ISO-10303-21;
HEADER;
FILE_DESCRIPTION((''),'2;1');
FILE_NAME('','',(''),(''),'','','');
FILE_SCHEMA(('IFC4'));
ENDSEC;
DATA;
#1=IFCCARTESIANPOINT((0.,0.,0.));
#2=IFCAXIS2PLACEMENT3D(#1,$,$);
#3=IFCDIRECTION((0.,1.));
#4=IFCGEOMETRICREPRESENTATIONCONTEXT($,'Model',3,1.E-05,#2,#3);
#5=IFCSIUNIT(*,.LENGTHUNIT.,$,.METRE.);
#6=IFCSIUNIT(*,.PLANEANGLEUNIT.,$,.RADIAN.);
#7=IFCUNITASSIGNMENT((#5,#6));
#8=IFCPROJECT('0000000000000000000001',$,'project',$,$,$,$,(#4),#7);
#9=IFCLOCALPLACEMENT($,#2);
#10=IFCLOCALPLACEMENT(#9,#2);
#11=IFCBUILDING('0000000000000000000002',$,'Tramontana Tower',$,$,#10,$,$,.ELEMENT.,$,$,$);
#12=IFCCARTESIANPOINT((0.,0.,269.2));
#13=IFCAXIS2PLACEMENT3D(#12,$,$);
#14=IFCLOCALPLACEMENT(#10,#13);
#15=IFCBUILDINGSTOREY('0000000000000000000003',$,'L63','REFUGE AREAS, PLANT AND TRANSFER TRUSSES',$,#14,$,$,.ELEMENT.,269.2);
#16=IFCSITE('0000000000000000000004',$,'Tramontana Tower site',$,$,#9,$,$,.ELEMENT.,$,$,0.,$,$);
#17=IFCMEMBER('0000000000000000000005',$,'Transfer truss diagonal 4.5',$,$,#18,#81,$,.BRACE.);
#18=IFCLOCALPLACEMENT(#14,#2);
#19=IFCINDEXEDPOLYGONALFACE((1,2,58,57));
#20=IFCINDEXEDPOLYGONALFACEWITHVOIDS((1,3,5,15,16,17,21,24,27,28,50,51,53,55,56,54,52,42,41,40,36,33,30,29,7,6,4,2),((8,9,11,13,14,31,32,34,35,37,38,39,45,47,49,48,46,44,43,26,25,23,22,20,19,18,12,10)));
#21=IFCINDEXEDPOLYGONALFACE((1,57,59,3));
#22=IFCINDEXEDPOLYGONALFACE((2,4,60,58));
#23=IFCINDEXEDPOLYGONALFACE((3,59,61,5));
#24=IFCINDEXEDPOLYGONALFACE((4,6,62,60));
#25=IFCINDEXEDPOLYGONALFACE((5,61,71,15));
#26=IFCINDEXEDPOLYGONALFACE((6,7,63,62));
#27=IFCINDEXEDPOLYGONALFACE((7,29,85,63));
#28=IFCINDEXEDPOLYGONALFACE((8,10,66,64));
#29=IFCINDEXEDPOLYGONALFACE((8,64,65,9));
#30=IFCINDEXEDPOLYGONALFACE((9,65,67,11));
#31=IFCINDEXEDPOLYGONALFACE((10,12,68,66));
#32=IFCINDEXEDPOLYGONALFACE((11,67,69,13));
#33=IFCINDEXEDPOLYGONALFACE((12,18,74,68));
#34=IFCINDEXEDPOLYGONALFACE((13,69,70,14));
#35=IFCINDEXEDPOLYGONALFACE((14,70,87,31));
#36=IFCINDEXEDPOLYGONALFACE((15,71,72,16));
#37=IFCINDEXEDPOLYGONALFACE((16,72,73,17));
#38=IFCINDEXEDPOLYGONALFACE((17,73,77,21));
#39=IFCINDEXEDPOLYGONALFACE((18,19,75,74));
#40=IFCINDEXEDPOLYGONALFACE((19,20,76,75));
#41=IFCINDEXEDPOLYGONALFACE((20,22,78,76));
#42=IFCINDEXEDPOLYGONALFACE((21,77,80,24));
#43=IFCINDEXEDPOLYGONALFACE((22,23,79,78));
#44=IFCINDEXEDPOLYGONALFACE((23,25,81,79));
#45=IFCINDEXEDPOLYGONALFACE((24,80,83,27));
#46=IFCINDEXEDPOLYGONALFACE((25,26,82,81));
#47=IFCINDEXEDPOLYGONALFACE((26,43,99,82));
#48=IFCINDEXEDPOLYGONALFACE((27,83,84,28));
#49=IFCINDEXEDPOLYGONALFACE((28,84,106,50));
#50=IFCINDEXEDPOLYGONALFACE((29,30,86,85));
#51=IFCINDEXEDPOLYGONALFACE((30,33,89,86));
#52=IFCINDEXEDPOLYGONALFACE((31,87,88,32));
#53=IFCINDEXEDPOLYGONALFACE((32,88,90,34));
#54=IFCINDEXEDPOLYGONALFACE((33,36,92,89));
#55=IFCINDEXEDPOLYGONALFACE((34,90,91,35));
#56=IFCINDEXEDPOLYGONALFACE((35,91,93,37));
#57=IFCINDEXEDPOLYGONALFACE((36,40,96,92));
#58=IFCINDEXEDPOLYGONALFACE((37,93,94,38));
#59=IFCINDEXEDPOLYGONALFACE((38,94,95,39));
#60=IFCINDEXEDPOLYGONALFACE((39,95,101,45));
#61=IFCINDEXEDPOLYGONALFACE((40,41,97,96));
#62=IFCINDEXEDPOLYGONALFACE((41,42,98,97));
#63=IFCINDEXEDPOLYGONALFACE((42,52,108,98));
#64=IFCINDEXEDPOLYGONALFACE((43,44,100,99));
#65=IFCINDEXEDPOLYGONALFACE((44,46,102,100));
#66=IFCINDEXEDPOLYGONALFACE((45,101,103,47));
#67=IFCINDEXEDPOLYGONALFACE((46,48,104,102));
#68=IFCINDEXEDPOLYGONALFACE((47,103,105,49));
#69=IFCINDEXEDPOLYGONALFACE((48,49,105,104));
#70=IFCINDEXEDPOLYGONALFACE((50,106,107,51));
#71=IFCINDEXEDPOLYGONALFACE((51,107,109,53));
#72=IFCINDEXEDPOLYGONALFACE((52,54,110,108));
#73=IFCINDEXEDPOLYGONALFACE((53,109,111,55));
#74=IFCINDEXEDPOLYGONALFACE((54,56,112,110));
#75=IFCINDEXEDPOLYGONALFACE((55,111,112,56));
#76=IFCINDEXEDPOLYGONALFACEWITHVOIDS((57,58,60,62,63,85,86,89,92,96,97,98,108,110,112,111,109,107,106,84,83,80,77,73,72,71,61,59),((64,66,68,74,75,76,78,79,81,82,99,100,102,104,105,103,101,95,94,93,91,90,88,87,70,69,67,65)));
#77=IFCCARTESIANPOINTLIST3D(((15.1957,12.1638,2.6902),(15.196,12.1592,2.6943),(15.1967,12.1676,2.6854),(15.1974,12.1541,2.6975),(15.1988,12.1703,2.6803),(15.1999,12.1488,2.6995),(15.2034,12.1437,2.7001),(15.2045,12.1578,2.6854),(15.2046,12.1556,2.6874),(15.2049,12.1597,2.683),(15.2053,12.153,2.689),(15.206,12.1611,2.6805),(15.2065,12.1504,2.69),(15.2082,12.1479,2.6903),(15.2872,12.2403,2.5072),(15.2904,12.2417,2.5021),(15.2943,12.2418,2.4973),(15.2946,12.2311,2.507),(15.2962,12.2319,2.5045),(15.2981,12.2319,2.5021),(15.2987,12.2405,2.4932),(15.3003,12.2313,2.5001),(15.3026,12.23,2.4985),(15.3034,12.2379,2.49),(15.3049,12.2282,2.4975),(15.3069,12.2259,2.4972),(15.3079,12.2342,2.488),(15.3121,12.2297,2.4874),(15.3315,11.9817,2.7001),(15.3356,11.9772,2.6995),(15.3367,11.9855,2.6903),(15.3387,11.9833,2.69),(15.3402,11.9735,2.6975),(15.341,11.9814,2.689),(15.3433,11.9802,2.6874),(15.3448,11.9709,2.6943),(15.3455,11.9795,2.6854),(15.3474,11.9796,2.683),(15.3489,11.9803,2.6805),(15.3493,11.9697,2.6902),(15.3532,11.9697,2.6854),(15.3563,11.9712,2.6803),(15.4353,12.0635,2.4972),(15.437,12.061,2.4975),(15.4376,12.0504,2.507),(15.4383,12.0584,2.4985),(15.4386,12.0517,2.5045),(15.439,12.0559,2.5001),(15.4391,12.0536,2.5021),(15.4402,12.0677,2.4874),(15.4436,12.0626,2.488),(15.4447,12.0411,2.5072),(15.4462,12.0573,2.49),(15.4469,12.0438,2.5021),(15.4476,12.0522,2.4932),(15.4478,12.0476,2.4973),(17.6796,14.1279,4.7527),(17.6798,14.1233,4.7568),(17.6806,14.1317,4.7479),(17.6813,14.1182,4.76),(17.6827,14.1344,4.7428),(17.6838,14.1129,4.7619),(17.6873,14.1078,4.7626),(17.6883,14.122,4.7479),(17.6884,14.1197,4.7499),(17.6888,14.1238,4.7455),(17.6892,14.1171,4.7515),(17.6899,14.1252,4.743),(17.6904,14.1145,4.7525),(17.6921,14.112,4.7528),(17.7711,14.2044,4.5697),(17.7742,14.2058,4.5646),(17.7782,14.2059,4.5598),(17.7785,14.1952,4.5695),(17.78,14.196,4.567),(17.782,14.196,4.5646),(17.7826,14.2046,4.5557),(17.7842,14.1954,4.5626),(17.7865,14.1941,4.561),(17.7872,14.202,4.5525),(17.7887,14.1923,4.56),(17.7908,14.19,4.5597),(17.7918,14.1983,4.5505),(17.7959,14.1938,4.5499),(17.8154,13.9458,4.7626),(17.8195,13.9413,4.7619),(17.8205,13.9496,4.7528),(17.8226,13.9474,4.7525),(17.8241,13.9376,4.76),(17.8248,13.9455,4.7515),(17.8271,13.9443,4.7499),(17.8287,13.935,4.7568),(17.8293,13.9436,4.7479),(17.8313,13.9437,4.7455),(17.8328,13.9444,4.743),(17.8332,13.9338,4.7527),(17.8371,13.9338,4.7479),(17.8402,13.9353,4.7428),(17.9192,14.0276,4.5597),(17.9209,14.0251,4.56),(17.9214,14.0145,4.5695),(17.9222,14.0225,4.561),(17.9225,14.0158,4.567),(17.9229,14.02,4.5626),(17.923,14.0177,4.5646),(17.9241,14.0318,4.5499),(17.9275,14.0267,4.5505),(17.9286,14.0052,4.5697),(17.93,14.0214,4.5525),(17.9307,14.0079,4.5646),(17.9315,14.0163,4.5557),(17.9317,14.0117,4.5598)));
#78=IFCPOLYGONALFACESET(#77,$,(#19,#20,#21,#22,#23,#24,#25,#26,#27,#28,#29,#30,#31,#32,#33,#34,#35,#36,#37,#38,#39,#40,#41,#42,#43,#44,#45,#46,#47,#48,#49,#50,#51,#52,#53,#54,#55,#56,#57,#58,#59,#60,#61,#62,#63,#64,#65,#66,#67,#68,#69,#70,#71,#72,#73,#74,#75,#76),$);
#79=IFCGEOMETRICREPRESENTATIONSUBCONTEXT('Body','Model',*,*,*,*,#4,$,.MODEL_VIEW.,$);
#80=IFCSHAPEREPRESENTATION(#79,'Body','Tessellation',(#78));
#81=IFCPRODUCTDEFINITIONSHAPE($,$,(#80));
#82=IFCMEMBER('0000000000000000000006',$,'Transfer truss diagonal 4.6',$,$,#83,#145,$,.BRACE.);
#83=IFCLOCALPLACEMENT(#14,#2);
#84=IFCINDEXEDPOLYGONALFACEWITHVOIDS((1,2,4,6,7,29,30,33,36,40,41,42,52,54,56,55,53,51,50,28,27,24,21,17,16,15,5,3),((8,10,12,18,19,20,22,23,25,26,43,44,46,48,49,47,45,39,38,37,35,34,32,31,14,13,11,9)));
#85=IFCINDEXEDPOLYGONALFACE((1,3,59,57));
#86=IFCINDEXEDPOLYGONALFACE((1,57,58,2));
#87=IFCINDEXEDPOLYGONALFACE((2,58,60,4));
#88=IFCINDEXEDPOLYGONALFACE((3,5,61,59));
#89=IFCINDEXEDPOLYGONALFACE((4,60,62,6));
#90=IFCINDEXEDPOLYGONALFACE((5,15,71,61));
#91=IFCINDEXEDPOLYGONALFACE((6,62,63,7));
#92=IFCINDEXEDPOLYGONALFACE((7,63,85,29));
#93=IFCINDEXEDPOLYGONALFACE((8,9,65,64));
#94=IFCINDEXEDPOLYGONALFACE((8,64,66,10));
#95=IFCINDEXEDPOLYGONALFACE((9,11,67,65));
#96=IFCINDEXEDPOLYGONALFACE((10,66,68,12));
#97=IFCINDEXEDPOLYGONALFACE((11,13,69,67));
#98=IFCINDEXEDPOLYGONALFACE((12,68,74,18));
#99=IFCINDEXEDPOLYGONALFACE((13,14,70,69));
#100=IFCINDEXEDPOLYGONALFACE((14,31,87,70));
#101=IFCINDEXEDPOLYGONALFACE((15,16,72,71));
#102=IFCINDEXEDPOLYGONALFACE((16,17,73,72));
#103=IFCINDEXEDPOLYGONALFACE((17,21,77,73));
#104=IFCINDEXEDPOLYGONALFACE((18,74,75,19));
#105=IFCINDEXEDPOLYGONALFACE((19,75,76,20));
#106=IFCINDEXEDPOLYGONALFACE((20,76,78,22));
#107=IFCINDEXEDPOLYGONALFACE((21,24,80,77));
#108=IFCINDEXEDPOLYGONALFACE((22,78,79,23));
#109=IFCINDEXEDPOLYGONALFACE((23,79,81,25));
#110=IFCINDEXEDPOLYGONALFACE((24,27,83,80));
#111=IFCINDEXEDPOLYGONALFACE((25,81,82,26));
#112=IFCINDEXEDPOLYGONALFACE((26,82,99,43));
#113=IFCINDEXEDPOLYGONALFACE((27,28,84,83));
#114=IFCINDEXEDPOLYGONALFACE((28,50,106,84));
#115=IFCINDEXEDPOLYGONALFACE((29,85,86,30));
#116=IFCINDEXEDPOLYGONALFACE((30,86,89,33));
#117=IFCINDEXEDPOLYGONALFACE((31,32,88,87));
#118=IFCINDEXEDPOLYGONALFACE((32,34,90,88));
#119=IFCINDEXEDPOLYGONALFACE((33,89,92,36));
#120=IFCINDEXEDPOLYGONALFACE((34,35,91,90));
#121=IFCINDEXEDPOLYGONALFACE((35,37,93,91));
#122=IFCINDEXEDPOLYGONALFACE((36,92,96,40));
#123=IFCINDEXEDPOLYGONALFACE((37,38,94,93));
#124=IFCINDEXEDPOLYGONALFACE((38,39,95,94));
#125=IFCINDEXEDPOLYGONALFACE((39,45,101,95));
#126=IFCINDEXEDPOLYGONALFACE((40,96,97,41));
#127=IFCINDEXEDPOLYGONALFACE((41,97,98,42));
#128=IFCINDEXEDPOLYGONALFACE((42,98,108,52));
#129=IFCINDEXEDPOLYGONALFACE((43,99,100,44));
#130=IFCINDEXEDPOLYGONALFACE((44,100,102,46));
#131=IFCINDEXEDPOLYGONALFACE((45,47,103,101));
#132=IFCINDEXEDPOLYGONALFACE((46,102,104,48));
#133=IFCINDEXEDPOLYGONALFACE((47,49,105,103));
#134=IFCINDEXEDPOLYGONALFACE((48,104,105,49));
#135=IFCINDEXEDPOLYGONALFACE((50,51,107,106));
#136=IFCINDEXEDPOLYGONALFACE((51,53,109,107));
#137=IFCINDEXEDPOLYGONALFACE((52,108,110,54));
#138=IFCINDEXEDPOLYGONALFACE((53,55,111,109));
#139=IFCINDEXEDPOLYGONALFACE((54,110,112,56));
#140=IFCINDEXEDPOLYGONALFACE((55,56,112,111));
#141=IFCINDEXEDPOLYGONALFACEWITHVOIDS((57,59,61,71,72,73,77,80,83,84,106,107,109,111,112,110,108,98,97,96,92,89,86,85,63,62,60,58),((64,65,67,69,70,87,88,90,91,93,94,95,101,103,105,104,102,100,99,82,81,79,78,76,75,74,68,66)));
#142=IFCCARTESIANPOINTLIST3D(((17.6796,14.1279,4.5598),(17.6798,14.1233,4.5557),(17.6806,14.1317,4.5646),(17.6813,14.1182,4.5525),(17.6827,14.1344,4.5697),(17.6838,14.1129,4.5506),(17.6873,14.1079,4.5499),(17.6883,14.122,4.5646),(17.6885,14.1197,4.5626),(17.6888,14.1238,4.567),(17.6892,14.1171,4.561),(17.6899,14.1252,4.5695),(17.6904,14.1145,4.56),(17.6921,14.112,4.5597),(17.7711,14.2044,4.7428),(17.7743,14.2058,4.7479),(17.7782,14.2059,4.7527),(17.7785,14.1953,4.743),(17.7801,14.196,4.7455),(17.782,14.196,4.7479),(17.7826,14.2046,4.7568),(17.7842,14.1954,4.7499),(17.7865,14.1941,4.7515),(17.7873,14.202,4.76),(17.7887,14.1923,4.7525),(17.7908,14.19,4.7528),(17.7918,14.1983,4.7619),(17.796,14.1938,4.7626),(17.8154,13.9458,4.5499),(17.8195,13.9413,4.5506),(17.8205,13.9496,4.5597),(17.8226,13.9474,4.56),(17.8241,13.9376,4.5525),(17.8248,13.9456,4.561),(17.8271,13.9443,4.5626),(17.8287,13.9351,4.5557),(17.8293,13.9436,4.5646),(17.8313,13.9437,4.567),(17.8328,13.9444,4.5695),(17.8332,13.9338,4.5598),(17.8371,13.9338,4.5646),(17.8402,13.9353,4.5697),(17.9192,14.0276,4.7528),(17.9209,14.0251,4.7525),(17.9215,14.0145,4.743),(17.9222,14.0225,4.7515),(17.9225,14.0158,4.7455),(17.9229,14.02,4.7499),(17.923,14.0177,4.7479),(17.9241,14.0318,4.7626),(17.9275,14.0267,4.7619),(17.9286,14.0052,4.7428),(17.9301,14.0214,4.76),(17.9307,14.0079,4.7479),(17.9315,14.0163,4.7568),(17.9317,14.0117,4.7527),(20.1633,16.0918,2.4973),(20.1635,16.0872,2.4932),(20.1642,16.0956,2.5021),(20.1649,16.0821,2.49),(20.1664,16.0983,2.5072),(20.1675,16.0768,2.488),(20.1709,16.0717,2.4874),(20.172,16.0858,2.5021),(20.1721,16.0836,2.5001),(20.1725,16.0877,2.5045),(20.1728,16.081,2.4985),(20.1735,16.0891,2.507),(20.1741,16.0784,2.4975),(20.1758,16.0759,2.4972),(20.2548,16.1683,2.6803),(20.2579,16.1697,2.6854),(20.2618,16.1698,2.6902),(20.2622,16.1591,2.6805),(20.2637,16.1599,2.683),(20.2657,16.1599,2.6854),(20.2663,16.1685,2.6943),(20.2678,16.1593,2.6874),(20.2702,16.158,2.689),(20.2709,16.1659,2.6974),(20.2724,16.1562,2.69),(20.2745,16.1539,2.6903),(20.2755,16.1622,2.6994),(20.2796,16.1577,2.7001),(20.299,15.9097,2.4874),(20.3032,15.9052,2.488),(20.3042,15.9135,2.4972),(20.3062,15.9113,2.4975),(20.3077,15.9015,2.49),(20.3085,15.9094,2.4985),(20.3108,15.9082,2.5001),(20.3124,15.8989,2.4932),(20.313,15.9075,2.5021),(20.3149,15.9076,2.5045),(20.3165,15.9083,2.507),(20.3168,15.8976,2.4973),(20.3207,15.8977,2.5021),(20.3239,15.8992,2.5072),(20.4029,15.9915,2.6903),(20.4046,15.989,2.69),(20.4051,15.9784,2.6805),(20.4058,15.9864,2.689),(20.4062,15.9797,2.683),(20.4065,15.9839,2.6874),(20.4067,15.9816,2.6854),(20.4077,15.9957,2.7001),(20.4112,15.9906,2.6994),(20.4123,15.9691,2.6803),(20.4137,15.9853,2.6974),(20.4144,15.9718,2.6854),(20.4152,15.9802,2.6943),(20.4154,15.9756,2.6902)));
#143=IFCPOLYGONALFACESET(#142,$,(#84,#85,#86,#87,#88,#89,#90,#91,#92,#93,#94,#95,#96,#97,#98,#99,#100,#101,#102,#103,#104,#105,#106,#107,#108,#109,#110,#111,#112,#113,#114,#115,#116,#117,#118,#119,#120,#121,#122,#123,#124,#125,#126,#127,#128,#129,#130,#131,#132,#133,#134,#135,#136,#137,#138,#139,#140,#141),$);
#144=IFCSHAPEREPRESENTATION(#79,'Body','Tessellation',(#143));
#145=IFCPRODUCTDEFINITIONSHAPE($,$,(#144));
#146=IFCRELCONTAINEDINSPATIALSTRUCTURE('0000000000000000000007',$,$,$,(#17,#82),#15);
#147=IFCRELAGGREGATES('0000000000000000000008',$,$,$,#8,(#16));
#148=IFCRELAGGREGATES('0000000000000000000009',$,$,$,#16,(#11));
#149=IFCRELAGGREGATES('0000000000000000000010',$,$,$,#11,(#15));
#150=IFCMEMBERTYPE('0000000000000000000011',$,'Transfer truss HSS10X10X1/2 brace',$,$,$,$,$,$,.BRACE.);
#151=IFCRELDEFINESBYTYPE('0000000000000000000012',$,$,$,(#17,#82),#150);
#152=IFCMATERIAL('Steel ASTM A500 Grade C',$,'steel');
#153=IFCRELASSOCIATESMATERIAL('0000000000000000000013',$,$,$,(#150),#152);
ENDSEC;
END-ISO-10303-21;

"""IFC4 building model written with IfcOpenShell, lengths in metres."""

from ifc_helpers import new_model, si_unit, direction, frame, origin, origin_2d, place, context, subcontext, project, spatial, hollow_rectangle, extrude, material, material_profile, profile_set, type_object, element, save


model = new_model("IFC4")

# Units and contexts
model_context = context("Model", 3, precision=1e-05, world=origin(), true_north=direction((0.0, 1.0)))
body_context = subcontext(model_context, "Body", "Model", "MODEL_VIEW")
ifc_project = project(units=[si_unit("LENGTHUNIT", "METRE"), si_unit("PLANEANGLEUNIT", "RADIAN")], contexts=[model_context])

# Site, building, storey
site_placement = place(None, origin())
site = spatial("IfcSite", under=ifc_project, at=site_placement, Name="Tramontana Tower site", CompositionType="ELEMENT", RefElevation=0.0)
building_placement = place(site_placement, origin())
building = spatial("IfcBuilding", under=site, at=building_placement, Name="Tramontana Tower", CompositionType="ELEMENT")
storey_placement = place(building_placement, frame((0.0, 0.0, 269.2)))
storey = spatial("IfcBuildingStorey", under=building, at=storey_placement, Name="L63", Description="REFUGE AREAS, PLANT AND TRANSFER TRUSSES", CompositionType="ELEMENT", Elevation=269.2)

# Members
ifc_material_1 = material(Name="Steel ASTM A500 Grade C", Category="steel")
ifc_material_profile_1 = material_profile(ifc_material_1, hollow_rectangle(XDim=0.2539, YDim=0.2539, WallThickness=0.0117, InnerFilletRadius=0.0117, OuterFilletRadius=0.0237, at=origin_2d()), Name="HSS10X10X1/2")
ifc_profile_set_1 = profile_set([ifc_material_profile_1], Name="Steel ASTM A500 Grade C")
member_type_1 = type_object("IfcMemberType", Name="Transfer truss HSS10X10X1/2 brace", PredefinedType="BRACE", material=ifc_profile_set_1)
member_1_placement = place(storey_placement, frame((15.3218, 12.1057, 2.5938), z_axis=(0.657275, 0.519735, 0.54577), x_axis=(-0.620257, 0.784399, 0.0)))
element("IfcMember", 1, at=member_1_placement, inside=storey, type_object=member_type_1, Name="Transfer truss diagonal 4.5", PredefinedType="BRACE", context=body_context, shape_type="SweptSolid", body=[
    extrude(hollow_rectangle(XDim=0.2539, YDim=0.2539, WallThickness=0.0117, InnerFilletRadius=0.0117, OuterFilletRadius=0.0237, at=origin_2d()), origin(), (0.0, 0.0, 1.0), 3.7791),
])
member_2_placement = place(storey_placement, frame((17.8057, 14.0698, 4.6562), z_axis=(0.657261, 0.51971, -0.545811), x_axis=(-0.620247, 0.784407, 0.0)))
element("IfcMember", 2, at=member_2_placement, inside=storey, type_object=member_type_1, Name="Transfer truss diagonal 4.6", PredefinedType="BRACE", context=body_context, shape_type="SweptSolid", body=[
    extrude(hollow_rectangle(XDim=0.2539, YDim=0.2539, WallThickness=0.0117, InnerFilletRadius=0.0117, OuterFilletRadius=0.0237, at=origin_2d()), origin(), (0.0, 0.0, 1.0), 3.7788),
])

save(model, "model.ifc")
